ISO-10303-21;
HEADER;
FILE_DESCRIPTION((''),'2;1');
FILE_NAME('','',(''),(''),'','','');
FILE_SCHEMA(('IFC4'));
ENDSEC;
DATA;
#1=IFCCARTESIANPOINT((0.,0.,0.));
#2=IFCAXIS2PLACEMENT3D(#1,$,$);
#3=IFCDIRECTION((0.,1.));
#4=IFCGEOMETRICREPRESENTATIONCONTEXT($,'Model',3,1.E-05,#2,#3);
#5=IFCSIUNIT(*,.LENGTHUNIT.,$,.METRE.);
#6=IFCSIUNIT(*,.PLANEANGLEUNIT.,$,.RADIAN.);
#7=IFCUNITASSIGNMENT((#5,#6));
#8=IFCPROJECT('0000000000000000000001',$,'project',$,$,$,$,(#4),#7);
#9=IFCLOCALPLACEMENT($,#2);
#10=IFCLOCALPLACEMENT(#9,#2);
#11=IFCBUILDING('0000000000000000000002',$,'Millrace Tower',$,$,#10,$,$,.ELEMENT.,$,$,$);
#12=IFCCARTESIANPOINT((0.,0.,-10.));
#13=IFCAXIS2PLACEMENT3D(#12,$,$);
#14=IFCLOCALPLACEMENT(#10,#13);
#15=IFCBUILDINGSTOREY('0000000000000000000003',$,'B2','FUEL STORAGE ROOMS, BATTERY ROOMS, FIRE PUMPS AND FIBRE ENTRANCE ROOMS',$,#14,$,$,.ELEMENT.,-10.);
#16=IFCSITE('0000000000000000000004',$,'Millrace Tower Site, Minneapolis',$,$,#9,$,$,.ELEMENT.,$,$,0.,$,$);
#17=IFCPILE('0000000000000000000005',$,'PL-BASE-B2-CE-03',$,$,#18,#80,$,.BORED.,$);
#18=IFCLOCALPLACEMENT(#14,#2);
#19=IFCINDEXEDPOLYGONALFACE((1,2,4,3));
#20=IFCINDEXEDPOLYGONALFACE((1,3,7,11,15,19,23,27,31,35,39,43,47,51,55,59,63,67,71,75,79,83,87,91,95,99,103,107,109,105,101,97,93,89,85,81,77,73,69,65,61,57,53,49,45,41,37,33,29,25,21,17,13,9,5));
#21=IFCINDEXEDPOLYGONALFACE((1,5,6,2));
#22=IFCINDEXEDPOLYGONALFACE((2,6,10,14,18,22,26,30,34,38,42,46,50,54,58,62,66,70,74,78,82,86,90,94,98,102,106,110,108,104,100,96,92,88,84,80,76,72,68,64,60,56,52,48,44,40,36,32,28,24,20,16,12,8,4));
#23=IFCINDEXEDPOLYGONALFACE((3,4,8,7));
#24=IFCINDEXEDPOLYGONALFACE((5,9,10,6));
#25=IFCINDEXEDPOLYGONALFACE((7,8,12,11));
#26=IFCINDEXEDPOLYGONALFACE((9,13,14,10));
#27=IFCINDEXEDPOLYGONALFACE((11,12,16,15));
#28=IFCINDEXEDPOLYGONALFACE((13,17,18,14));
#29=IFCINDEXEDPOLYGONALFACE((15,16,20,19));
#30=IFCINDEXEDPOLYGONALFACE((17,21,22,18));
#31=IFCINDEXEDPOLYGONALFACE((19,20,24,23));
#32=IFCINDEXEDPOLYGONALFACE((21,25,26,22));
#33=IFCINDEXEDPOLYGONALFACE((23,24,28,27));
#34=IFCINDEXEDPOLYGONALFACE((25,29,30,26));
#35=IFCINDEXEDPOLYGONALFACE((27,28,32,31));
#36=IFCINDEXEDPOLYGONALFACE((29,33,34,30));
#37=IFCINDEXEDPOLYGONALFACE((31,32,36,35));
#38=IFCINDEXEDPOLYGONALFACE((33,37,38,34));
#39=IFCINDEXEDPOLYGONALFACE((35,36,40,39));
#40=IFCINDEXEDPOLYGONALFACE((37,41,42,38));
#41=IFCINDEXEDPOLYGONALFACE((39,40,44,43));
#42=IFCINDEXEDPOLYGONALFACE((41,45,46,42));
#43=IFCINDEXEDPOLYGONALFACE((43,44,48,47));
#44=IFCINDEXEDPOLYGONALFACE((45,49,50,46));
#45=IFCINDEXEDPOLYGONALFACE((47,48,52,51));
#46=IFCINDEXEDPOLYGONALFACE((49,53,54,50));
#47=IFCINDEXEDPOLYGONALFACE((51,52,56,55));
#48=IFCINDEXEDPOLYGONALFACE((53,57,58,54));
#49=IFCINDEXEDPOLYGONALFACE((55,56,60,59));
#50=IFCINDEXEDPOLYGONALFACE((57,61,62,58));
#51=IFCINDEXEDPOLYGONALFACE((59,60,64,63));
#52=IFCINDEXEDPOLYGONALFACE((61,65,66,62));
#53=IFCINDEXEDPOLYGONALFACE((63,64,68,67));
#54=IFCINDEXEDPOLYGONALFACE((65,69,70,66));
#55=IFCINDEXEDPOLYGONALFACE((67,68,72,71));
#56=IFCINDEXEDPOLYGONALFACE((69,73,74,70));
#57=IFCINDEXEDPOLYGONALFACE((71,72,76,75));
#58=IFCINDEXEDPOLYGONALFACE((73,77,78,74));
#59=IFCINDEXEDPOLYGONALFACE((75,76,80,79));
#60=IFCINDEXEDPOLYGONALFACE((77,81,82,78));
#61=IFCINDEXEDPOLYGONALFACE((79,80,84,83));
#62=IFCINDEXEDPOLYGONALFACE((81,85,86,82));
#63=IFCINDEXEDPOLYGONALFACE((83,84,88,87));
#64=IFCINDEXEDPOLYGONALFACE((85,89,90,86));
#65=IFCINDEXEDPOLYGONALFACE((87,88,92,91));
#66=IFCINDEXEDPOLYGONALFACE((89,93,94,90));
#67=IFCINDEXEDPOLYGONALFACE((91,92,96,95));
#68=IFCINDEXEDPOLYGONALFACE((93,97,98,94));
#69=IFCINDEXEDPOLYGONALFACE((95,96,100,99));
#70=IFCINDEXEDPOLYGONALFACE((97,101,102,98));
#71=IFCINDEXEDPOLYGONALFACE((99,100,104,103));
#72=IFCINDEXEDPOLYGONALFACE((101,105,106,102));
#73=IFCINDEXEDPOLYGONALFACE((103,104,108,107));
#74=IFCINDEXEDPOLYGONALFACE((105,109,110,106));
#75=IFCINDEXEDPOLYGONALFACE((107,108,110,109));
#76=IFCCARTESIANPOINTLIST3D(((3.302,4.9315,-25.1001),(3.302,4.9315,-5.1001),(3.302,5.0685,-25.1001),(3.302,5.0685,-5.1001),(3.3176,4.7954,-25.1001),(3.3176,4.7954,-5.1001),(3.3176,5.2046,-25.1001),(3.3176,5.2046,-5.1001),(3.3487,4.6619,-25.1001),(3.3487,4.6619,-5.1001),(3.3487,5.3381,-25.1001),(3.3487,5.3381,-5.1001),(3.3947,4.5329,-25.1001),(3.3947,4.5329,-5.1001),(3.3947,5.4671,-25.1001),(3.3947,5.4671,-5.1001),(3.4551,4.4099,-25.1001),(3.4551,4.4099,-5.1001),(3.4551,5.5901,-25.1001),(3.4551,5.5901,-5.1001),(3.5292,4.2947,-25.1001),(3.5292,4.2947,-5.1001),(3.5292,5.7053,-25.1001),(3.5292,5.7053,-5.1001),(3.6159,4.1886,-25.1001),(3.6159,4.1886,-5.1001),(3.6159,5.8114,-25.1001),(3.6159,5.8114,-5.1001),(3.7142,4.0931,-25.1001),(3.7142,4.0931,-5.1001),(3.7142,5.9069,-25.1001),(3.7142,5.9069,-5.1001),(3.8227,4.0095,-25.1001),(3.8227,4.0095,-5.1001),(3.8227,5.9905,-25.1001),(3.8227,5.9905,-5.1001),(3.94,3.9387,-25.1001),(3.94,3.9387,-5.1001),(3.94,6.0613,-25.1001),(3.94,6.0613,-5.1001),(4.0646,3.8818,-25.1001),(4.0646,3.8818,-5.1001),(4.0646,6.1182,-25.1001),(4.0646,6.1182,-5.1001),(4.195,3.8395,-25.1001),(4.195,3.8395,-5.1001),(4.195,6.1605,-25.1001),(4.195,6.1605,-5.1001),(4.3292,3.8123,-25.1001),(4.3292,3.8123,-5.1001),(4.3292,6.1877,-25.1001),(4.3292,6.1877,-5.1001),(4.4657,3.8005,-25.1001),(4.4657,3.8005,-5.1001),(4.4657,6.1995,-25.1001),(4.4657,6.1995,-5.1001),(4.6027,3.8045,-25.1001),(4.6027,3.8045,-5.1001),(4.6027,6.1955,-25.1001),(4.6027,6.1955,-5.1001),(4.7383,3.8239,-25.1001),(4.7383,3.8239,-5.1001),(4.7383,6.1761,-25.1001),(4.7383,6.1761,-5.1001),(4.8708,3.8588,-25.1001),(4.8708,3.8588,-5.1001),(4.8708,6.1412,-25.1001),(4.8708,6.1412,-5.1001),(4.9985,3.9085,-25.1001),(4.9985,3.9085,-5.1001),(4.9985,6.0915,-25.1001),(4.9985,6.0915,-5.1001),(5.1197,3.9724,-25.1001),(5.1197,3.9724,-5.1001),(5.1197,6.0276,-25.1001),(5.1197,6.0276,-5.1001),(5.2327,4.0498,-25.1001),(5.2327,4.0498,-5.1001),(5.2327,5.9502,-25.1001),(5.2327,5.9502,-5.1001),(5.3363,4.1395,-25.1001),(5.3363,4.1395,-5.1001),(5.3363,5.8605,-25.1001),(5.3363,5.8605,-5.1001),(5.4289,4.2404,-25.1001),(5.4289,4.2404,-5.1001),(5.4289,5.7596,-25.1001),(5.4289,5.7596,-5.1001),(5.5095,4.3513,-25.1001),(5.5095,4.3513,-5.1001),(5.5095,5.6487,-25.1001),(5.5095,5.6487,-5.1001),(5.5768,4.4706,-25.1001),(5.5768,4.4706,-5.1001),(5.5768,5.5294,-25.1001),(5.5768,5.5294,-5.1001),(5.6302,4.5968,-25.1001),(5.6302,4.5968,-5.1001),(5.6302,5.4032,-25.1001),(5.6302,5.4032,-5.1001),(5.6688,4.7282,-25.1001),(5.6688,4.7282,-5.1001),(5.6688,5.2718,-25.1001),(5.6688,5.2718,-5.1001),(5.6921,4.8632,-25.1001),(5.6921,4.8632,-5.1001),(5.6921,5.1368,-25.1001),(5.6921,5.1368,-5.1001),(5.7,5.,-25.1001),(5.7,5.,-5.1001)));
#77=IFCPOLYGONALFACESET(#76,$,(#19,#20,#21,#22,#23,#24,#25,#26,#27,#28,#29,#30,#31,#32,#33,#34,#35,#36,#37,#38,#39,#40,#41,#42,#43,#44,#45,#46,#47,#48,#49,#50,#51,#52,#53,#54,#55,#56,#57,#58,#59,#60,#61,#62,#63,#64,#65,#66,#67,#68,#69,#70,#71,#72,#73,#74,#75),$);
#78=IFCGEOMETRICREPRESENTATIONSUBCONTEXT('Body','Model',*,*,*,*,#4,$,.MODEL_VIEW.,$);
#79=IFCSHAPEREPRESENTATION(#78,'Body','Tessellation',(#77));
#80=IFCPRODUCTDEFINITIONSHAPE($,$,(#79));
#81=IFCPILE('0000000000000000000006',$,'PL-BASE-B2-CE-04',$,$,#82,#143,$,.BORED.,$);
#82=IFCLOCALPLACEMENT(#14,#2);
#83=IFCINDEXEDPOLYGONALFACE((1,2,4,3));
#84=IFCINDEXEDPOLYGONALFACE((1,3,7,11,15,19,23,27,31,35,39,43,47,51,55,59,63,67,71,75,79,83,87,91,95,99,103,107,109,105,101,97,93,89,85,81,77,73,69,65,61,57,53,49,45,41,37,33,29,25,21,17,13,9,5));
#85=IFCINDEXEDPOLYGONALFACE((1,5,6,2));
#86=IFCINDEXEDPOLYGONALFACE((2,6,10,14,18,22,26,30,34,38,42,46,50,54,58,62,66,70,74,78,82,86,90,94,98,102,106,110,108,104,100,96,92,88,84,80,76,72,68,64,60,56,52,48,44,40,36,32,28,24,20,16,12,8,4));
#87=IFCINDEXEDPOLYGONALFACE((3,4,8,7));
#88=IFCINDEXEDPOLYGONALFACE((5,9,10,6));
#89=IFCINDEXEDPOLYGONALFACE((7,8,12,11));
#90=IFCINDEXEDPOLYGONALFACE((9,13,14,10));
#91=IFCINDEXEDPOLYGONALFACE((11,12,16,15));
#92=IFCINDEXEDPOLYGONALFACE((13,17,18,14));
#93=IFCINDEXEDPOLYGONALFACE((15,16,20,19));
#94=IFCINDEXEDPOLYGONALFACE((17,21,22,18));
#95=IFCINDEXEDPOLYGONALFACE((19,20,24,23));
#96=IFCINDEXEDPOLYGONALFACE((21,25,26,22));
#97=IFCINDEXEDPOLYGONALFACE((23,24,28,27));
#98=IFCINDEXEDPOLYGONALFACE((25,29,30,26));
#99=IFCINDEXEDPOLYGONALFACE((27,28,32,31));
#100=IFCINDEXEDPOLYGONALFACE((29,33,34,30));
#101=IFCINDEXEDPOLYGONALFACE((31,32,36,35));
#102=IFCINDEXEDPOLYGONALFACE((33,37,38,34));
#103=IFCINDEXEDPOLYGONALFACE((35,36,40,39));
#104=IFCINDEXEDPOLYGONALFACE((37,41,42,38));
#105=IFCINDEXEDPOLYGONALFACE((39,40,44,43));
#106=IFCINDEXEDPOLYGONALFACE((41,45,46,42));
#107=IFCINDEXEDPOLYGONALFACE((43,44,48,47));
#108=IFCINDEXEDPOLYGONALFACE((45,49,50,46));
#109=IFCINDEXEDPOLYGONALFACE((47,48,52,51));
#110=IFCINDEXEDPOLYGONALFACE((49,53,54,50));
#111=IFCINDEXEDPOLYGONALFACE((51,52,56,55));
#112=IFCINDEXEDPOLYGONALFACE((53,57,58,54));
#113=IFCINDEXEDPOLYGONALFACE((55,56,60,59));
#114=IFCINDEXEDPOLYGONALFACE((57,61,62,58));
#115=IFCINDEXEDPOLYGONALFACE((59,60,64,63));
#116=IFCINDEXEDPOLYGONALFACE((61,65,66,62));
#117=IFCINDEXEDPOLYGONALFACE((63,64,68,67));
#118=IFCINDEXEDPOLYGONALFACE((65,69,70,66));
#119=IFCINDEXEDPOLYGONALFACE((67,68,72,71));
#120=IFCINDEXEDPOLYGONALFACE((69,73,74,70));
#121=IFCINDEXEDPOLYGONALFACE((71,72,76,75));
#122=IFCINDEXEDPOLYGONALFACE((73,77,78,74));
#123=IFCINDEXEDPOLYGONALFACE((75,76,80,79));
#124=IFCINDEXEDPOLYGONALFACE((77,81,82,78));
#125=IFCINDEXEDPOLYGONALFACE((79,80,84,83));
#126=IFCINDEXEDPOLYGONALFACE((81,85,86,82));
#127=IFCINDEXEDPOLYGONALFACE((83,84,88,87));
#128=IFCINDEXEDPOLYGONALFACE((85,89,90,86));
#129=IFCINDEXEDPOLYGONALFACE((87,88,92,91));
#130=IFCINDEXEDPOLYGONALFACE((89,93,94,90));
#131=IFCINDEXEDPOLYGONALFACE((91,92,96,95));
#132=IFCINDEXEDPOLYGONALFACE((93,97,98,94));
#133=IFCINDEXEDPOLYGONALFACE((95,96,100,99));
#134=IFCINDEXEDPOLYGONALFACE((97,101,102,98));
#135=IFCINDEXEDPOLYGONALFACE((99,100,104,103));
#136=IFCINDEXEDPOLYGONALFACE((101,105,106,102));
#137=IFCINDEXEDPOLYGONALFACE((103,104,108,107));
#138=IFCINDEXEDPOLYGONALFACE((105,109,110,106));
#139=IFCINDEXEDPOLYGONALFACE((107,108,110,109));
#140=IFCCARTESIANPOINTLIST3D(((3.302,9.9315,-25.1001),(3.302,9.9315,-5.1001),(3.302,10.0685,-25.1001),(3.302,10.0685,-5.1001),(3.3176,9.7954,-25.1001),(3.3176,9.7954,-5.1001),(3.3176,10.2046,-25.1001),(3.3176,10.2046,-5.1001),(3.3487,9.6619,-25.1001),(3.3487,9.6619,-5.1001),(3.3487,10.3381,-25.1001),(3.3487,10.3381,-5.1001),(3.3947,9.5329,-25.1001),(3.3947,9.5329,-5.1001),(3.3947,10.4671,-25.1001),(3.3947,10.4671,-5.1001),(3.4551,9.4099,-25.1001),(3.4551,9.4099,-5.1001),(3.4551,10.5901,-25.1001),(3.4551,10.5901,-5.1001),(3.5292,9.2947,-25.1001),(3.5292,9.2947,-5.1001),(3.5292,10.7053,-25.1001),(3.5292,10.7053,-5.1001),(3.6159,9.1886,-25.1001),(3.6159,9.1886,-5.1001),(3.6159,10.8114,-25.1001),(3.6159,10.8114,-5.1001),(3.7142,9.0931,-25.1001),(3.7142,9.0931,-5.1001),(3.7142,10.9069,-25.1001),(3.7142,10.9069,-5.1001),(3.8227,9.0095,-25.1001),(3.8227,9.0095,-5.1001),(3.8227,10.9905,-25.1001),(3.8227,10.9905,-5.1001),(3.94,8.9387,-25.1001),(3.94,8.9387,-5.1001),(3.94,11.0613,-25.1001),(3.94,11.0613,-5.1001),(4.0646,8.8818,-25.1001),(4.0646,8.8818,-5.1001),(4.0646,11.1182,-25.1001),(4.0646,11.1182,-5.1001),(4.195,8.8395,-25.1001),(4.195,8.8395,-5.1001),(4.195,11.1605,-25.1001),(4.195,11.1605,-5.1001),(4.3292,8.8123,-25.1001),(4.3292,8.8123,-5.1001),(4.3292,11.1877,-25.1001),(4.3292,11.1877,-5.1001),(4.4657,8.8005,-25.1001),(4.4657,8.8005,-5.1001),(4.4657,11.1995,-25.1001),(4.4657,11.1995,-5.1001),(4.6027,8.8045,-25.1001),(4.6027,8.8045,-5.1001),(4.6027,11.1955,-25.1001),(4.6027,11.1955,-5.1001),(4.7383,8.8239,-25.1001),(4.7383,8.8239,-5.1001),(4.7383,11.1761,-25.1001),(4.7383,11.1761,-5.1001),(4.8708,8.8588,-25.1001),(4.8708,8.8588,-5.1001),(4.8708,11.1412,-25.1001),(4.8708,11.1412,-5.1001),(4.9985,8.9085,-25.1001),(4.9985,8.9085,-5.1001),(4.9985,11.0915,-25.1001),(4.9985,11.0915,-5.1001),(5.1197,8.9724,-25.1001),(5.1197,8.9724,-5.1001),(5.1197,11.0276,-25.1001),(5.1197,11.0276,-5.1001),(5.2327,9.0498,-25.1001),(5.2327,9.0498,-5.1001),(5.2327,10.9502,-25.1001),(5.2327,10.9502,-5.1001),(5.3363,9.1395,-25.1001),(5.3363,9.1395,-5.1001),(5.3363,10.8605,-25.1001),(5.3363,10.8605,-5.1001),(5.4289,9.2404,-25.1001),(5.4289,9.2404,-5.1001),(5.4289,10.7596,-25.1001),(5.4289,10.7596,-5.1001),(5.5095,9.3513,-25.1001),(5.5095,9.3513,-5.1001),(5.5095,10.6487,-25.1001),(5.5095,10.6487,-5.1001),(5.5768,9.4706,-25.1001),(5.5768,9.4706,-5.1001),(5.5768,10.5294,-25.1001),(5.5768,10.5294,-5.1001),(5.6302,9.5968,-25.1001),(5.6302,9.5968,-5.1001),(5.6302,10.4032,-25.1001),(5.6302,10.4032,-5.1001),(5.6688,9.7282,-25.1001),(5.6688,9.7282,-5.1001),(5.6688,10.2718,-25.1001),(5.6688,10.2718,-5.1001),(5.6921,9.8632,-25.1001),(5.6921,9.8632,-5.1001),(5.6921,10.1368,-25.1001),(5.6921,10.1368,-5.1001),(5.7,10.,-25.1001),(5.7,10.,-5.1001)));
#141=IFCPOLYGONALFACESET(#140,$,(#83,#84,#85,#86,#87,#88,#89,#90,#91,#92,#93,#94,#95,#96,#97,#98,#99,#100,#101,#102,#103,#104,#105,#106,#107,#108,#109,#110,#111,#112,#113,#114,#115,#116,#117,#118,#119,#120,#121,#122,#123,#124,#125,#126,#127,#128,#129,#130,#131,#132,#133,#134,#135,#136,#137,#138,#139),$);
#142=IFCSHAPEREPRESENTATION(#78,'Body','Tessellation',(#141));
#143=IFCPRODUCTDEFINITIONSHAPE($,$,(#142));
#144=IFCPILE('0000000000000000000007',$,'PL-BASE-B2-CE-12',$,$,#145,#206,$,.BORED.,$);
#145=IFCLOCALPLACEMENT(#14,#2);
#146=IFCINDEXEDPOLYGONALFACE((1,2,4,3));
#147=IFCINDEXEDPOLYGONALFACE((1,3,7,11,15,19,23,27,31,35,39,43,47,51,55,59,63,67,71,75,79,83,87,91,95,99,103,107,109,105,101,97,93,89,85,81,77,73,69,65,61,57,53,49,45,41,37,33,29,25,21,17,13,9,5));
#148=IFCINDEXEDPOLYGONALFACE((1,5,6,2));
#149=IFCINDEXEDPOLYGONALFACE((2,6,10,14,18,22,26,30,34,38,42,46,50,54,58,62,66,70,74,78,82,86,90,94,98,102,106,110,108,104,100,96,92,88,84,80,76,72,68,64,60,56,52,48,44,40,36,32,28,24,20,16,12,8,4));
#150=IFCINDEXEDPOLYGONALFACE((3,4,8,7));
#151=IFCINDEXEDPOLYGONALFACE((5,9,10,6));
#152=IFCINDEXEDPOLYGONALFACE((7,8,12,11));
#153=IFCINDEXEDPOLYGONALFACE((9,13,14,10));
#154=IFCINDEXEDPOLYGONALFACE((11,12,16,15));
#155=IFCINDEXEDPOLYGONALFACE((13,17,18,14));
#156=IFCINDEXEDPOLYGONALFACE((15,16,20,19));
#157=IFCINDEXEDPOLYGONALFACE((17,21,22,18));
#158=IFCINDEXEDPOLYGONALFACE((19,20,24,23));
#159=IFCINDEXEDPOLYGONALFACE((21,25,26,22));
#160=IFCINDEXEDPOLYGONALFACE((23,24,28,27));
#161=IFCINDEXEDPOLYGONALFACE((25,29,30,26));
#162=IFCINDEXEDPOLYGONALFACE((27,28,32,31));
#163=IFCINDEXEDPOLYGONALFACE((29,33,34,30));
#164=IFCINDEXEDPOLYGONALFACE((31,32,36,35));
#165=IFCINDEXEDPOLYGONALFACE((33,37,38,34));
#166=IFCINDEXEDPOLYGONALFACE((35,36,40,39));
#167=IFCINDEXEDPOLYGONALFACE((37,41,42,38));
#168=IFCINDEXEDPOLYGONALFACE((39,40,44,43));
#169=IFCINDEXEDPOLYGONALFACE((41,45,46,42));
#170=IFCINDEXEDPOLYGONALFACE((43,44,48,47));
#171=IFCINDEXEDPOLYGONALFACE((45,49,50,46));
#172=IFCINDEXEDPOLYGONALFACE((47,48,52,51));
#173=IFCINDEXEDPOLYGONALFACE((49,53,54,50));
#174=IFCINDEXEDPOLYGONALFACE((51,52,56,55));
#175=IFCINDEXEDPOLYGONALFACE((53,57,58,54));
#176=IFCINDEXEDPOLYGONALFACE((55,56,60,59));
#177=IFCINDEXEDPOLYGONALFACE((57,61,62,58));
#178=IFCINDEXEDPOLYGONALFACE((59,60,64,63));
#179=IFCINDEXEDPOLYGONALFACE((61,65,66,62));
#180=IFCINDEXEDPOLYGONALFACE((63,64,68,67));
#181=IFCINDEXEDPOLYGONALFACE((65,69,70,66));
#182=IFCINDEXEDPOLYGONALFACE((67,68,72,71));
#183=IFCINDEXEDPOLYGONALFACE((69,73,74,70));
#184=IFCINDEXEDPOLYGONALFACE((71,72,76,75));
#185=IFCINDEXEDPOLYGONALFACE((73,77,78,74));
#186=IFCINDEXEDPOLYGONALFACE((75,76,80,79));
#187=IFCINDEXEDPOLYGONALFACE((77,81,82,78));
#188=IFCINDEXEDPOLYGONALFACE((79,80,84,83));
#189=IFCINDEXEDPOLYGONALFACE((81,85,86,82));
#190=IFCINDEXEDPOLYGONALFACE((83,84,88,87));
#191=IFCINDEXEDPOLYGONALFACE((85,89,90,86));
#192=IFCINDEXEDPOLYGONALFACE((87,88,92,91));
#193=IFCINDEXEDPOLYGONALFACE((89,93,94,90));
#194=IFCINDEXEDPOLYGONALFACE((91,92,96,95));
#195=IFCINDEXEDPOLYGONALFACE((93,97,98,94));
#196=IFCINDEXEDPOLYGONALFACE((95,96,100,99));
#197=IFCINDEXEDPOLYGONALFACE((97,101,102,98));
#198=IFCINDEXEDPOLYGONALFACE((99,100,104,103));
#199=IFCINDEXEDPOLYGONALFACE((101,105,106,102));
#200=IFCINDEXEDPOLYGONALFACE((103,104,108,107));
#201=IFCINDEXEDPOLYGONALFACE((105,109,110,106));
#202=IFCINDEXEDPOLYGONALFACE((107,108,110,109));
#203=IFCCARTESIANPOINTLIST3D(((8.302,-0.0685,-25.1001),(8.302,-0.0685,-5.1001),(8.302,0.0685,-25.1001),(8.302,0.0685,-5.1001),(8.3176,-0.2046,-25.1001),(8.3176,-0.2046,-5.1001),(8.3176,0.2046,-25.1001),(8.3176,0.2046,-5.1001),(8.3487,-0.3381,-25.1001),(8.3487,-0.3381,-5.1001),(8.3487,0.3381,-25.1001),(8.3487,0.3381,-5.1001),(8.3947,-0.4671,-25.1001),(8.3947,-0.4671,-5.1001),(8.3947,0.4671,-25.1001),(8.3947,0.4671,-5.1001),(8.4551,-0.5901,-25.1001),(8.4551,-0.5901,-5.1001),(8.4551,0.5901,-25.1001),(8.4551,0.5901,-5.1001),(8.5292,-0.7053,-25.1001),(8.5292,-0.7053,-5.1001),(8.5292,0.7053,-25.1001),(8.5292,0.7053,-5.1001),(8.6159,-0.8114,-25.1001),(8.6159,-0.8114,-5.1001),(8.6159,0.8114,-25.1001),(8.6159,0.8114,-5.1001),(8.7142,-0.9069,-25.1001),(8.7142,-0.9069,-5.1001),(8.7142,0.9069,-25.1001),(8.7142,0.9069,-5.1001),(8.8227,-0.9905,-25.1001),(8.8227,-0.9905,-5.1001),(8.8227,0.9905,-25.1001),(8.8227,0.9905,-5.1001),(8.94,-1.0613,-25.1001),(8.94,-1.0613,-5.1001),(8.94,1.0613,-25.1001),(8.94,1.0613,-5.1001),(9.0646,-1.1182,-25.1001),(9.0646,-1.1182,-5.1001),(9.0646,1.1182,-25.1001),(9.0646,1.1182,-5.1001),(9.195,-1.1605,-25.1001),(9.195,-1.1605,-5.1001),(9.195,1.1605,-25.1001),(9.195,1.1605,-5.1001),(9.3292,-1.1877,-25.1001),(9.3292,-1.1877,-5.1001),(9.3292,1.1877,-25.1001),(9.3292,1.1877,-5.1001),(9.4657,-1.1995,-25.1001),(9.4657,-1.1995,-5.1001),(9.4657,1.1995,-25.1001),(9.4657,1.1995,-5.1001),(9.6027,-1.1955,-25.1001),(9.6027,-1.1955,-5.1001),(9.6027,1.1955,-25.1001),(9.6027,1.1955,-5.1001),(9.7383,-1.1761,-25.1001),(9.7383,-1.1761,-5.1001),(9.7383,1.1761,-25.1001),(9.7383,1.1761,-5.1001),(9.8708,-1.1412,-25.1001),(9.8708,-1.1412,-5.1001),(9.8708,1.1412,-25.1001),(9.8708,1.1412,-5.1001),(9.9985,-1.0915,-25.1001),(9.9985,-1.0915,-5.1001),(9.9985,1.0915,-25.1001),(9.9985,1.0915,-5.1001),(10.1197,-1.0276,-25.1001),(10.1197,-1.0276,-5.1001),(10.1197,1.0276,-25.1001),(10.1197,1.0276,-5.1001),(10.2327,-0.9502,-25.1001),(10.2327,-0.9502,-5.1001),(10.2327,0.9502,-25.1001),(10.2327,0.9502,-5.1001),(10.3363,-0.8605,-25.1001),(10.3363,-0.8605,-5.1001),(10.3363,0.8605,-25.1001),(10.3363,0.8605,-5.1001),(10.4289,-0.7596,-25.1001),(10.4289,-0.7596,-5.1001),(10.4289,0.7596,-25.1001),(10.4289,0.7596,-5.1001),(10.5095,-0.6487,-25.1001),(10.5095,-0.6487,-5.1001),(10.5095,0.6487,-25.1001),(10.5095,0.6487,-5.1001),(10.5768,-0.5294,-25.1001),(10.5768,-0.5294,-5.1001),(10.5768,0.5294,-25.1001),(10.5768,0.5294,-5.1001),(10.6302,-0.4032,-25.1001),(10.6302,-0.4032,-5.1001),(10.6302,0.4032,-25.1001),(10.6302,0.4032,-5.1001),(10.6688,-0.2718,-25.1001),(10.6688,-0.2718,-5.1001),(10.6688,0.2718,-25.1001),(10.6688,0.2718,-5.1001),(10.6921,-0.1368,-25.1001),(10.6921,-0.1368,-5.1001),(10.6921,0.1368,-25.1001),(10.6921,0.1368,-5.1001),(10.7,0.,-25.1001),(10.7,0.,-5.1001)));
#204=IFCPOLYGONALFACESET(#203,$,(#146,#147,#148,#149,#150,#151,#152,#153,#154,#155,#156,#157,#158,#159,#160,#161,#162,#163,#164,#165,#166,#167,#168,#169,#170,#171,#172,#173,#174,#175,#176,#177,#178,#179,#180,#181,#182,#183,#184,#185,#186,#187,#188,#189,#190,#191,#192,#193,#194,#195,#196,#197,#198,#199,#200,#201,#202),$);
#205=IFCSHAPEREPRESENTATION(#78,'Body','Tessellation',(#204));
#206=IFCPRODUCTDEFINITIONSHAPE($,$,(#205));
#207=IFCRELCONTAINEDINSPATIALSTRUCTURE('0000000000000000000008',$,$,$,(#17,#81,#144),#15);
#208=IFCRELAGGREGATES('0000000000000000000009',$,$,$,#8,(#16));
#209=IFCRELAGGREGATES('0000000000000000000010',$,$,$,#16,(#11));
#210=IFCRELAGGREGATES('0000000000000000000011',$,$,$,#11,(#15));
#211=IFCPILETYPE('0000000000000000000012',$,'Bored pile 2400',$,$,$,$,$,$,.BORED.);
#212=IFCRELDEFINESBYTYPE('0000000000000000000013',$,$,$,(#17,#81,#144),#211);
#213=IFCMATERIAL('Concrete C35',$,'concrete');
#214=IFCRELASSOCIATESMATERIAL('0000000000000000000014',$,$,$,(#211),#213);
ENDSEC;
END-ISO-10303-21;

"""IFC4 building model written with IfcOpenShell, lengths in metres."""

from ifc_helpers import new_model, si_unit, direction, frame, origin, origin_2d, place, context, subcontext, project, spatial, circle, extrude, material, material_profile, profile_set, type_object, element, save


model = new_model("IFC4")

# Units and contexts
model_context = context("Model", 3, precision=1e-05, world=origin(), true_north=direction((0.0, 1.0)))
body_context = subcontext(model_context, "Body", "Model", "MODEL_VIEW")
ifc_project = project(units=[si_unit("LENGTHUNIT", "METRE"), si_unit("PLANEANGLEUNIT", "RADIAN")], contexts=[model_context])

# Site, building, storey
site_placement = place(None, origin())
site = spatial("IfcSite", under=ifc_project, at=site_placement, Name="Millrace Tower Site, Minneapolis", CompositionType="ELEMENT", RefElevation=0.0)
building_placement = place(site_placement, origin())
building = spatial("IfcBuilding", under=site, at=building_placement, Name="Millrace Tower", CompositionType="ELEMENT")
storey_placement = place(building_placement, frame((0.0, 0.0, -10.0)))
storey = spatial("IfcBuildingStorey", under=building, at=storey_placement, Name="B2", Description="FUEL STORAGE ROOMS, BATTERY ROOMS, FIRE PUMPS AND FIBRE ENTRANCE ROOMS", CompositionType="ELEMENT", Elevation=-10.0)

# Piles
ifc_material_1 = material(Name="Concrete C35", Category="concrete")
ifc_material_profile_1 = material_profile(ifc_material_1, circle(Radius=1.2, at=origin_2d()))
ifc_profile_set_1 = profile_set([ifc_material_profile_1], Name="Concrete C35")
pile_type = type_object("IfcPileType", Name="Bored pile 2400", PredefinedType="BORED", material=ifc_profile_set_1)
for number, where, z_axis, x_axis, name in (
    (1, (4.5, 5.0, -5.1001), (0.0, 0.0, -1.0), (1.0, 0.0, 0.0), "PL-BASE-B2-CE-03"),
    (2, (4.5, 10.0, -5.1001), (0.0, 0.0, -1.0), (1.0, 0.0, 0.0), "PL-BASE-B2-CE-04"),
    (3, (9.5, 0.0, -5.1001), (0.0, 0.0, -1.0), (1.0, 0.0, 0.0), "PL-BASE-B2-CE-12"),
):
    element("IfcPile", number, at=place(storey_placement, frame(where, z_axis=z_axis, x_axis=x_axis)), inside=storey, type_object=pile_type, Name=name, PredefinedType="BORED", context=body_context, shape_type="SweptSolid", body=[
        extrude(circle(Radius=1.2, at=origin_2d()), origin(), (0.0, 0.0, 1.0), 20.0),
    ])

save(model, "model.ifc")
